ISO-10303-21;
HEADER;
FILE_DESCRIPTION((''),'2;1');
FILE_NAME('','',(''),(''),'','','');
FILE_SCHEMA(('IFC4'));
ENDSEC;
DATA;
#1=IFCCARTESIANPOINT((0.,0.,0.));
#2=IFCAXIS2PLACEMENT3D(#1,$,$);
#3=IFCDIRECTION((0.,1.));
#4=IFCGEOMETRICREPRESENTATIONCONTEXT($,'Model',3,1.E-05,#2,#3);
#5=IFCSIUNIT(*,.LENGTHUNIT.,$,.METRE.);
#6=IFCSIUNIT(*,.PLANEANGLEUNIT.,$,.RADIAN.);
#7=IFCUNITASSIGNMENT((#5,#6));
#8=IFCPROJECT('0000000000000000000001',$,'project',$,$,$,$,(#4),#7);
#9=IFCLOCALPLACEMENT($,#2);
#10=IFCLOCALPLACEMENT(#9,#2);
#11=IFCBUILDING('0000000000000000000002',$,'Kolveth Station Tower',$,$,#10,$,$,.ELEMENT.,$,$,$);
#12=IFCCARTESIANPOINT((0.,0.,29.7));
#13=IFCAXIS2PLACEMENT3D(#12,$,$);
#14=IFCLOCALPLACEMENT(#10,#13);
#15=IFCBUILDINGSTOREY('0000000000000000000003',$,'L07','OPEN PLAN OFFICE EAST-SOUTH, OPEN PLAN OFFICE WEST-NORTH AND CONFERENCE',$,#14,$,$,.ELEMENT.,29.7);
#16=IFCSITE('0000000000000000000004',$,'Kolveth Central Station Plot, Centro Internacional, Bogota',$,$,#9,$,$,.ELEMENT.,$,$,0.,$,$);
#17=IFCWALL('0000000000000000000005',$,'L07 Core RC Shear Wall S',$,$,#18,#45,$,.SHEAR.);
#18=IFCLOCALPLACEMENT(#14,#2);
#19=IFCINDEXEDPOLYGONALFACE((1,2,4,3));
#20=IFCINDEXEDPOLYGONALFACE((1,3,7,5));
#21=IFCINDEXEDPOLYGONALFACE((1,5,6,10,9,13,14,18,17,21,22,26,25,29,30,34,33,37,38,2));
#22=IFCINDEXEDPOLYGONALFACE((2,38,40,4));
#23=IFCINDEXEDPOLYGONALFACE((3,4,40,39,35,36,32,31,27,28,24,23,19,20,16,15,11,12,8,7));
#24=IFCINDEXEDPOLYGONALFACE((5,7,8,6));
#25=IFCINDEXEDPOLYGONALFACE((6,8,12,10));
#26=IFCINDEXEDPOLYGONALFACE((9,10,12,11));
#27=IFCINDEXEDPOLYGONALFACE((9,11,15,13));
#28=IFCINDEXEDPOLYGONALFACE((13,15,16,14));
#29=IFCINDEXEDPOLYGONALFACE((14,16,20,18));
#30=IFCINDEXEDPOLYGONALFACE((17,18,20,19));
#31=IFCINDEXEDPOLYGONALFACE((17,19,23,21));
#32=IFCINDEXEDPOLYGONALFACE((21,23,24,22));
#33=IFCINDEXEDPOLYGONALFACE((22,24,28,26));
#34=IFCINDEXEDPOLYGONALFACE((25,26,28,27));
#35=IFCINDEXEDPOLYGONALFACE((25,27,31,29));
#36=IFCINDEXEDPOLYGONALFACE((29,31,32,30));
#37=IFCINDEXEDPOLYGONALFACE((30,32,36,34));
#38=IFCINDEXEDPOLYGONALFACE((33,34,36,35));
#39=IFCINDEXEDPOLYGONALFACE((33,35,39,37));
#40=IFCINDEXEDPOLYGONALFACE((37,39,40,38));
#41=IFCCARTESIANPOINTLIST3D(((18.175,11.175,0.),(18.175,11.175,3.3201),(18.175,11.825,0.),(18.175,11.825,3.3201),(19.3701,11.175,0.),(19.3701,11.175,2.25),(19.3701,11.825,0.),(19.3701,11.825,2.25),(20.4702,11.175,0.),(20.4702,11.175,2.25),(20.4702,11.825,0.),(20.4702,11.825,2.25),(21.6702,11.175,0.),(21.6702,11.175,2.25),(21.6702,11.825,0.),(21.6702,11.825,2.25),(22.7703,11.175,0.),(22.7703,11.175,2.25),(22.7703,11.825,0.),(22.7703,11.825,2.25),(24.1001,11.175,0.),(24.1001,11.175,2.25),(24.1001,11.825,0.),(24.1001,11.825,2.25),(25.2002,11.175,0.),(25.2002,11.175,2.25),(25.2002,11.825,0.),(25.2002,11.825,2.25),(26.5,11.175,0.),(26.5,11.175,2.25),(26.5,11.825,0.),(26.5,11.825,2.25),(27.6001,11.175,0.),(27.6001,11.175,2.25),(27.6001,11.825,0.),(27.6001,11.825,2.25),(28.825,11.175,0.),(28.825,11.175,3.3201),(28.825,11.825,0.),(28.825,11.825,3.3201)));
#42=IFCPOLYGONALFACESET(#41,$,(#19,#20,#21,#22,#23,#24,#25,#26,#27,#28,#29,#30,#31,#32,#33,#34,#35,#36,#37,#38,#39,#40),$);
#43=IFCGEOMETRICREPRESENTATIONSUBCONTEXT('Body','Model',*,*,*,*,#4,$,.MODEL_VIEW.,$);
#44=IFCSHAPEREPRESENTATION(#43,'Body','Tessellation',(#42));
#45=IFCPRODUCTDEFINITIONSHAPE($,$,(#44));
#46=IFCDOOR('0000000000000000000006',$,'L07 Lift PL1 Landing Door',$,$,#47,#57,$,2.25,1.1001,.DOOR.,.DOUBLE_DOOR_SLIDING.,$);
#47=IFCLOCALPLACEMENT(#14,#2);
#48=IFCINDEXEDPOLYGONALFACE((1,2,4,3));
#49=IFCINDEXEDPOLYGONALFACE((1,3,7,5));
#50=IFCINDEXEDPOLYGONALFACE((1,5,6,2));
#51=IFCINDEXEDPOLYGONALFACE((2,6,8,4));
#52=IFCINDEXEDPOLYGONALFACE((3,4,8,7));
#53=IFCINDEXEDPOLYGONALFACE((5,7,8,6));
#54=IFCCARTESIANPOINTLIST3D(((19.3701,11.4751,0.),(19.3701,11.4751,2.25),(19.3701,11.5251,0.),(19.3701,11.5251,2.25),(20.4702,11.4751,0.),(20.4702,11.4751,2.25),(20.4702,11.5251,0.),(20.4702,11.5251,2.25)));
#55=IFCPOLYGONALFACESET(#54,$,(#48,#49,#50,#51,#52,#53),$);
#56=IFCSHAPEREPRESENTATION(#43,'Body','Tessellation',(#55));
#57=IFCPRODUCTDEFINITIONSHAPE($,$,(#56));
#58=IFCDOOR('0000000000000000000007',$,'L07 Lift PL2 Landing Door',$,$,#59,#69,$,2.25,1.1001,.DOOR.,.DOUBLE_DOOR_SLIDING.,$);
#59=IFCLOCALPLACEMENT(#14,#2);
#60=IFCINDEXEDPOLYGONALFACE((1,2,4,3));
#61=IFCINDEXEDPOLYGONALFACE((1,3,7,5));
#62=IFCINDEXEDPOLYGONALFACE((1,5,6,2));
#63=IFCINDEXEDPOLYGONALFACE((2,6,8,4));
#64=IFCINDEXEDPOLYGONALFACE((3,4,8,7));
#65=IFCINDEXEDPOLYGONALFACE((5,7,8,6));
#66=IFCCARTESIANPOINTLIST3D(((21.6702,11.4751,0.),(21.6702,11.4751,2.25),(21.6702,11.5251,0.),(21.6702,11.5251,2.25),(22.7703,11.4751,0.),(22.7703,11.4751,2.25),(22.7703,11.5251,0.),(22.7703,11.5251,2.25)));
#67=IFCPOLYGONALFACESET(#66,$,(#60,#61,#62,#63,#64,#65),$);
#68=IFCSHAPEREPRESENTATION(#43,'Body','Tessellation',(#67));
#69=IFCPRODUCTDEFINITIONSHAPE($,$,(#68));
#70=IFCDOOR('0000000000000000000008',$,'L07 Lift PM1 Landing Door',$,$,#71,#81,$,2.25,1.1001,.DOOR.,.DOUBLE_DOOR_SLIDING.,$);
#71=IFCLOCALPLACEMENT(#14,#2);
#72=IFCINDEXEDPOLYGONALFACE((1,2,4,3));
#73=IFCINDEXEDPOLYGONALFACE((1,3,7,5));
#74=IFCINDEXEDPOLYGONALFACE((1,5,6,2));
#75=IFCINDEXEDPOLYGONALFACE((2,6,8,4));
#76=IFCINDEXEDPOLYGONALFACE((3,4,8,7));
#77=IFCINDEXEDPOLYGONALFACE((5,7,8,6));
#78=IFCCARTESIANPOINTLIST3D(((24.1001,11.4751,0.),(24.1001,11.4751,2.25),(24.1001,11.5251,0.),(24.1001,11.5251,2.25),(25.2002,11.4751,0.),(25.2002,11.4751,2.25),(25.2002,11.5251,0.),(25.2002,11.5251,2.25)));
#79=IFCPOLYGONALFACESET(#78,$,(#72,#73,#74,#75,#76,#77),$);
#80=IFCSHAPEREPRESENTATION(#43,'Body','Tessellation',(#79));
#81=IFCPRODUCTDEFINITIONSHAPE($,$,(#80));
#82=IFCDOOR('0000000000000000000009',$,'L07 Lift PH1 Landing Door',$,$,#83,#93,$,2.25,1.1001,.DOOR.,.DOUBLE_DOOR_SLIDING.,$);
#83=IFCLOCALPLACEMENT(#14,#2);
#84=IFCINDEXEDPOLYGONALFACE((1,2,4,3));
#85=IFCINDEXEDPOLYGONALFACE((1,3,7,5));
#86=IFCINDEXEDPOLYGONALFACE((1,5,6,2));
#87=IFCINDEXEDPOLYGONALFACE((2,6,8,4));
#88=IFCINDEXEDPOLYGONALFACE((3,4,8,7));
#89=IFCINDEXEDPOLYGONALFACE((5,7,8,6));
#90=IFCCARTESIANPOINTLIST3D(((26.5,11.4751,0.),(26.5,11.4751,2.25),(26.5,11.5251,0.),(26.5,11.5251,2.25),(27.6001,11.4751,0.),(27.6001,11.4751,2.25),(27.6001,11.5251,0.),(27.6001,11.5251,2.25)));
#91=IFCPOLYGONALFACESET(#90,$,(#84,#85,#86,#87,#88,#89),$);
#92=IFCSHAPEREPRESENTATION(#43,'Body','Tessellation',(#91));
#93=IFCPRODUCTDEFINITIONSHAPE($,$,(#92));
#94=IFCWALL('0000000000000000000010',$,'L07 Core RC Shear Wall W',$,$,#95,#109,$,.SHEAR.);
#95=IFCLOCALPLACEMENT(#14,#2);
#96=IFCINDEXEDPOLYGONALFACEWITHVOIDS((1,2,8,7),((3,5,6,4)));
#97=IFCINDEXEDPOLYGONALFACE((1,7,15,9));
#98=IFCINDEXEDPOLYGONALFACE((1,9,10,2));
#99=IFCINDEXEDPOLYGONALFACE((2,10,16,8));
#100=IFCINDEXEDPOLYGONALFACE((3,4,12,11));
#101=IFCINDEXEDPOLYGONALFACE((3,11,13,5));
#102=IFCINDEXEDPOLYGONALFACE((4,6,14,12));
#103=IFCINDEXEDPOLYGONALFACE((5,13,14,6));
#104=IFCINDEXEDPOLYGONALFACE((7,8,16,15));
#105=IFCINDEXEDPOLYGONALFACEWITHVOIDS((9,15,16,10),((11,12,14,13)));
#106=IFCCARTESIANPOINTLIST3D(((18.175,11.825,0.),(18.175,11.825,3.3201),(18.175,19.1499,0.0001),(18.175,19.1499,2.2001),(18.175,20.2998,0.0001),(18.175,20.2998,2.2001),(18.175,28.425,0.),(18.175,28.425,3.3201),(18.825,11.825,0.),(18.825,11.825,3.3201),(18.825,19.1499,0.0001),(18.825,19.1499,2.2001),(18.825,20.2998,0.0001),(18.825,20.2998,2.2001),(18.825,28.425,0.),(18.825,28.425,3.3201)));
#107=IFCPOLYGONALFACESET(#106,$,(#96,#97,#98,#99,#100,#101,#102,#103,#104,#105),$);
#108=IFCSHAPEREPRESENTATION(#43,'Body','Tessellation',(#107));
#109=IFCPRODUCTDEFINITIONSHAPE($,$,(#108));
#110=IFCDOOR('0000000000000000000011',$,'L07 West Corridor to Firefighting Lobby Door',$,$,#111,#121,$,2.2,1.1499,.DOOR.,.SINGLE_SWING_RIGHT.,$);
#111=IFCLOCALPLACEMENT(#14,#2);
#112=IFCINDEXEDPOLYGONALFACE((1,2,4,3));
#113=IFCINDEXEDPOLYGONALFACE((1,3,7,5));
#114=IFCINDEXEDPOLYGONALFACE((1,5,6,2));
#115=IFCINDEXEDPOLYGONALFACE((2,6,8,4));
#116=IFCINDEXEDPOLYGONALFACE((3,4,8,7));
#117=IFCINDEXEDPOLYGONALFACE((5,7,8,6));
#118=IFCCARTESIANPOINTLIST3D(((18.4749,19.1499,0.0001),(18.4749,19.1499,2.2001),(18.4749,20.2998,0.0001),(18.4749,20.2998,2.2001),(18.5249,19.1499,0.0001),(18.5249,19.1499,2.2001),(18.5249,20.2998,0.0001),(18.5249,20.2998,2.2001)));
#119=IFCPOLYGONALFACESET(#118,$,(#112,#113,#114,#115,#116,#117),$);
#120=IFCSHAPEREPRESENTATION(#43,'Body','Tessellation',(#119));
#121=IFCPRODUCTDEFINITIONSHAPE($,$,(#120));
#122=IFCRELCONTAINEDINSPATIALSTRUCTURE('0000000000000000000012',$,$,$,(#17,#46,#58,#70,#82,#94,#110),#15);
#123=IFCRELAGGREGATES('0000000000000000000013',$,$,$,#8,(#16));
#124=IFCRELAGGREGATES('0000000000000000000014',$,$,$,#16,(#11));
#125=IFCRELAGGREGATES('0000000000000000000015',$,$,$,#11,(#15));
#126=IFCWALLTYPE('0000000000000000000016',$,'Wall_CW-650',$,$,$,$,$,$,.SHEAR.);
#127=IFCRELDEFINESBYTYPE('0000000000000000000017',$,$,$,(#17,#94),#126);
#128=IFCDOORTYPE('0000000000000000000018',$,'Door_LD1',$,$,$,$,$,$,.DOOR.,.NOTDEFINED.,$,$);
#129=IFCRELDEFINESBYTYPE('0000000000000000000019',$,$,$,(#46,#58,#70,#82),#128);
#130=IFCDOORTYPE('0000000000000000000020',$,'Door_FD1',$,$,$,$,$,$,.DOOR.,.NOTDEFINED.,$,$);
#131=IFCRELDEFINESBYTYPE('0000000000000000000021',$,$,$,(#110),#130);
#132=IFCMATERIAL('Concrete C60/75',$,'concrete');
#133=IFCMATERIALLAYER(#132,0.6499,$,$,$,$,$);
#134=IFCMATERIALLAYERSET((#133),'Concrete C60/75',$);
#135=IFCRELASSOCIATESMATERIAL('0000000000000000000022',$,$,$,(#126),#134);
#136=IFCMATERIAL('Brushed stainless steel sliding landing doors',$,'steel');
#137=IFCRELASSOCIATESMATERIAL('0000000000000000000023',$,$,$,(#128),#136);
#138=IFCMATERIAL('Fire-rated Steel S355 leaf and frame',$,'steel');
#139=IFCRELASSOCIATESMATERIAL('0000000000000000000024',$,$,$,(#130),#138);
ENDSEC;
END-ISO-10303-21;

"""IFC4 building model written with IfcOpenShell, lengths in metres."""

from ifc_helpers import new_model, si_unit, direction, frame, frame_2d, origin, place, context, subcontext, project, spatial, rectangle, extrude, material, layer, layer_set, type_object, element, fill, save


model = new_model("IFC4")

# Units and contexts
model_context = context("Model", 3, precision=1e-05, world=origin(), true_north=direction((0.0, 1.0)))
body_context = subcontext(model_context, "Body", "Model", "MODEL_VIEW")
ifc_project = project(units=[si_unit("LENGTHUNIT", "METRE"), si_unit("PLANEANGLEUNIT", "RADIAN")], contexts=[model_context])

# Site, building, storey
site_placement = place(None, origin())
site = spatial("IfcSite", under=ifc_project, at=site_placement, Name="Kolveth Central Station Plot, Centro Internacional, Bogota", CompositionType="ELEMENT", RefElevation=0.0)
building_placement = place(site_placement, origin())
building = spatial("IfcBuilding", under=site, at=building_placement, Name="Kolveth Station Tower", CompositionType="ELEMENT")
storey_placement = place(building_placement, frame((0.0, 0.0, 29.7)))
storey = spatial("IfcBuildingStorey", under=building, at=storey_placement, Name="L07", Description="OPEN PLAN OFFICE EAST-SOUTH, OPEN PLAN OFFICE WEST-NORTH AND CONFERENCE", CompositionType="ELEMENT", Elevation=29.7)

# Wall, openings, doors
ifc_material_1 = material(Name="Concrete C60/75", Category="concrete")
ifc_layer_1 = layer(ifc_material_1, 0.6499)
ifc_layer_set_1 = layer_set([ifc_layer_1], Name="Concrete C60/75")
wall_type_1 = type_object("IfcWallType", Name="Wall_CW-650", PredefinedType="SHEAR", material=ifc_layer_set_1)
wall_1_placement = place(storey_placement, frame((18.175, 11.5, 0.0), z_axis=(0.0, 0.0, 1.0), x_axis=(1.0, 0.0, 0.0)))
wall_1 = element("IfcWall", 1, at=wall_1_placement, inside=storey, type_object=wall_type_1, Name="L07 Core RC Shear Wall S", PredefinedType="SHEAR", context=body_context, shape_type="SweptSolid", body=[
    extrude(rectangle(XDim=10.6499, YDim=0.6499, at=frame_2d((5.325, 0.0))), origin(), (0.0, 0.0, 1.0), 3.3201),
])
opening_1_placement = place(wall_1_placement, frame((1.1951, 0.0, 0.0)))
opening_1 = element("IfcOpeningElement", 2, at=opening_1_placement, cuts=wall_1, PredefinedType="OPENING", context=body_context, shape_type="SweptSolid", body=[
    extrude(rectangle(XDim=1.1001, YDim=2.25, at=frame_2d((0.55, 1.125))), frame((0.0, 0.335, 0.0), z_axis=(0.0, -1.0, 0.0), x_axis=(1.0, 0.0, 0.0)), (0.0, 0.0, 1.0), 0.6699),
])
opening_2_placement = place(wall_1_placement, frame((3.4951, 0.0, 0.0)))
opening_2 = element("IfcOpeningElement", 3, at=opening_2_placement, cuts=wall_1, PredefinedType="OPENING", context=body_context, shape_type="SweptSolid", body=[
    extrude(rectangle(XDim=1.1001, YDim=2.25, at=frame_2d((0.55, 1.125))), frame((0.0, 0.335, 0.0), z_axis=(0.0, -1.0, 0.0), x_axis=(1.0, 0.0, 0.0)), (0.0, 0.0, 1.0), 0.6699),
])
opening_3_placement = place(wall_1_placement, frame((5.925, 0.0, 0.0)))
opening_3 = element("IfcOpeningElement", 4, at=opening_3_placement, cuts=wall_1, PredefinedType="OPENING", context=body_context, shape_type="SweptSolid", body=[
    extrude(rectangle(XDim=1.1001, YDim=2.25, at=frame_2d((0.55, 1.125))), frame((0.0, 0.335, 0.0), z_axis=(0.0, -1.0, 0.0), x_axis=(1.0, 0.0, 0.0)), (0.0, 0.0, 1.0), 0.6699),
])
opening_4_placement = place(wall_1_placement, frame((8.325, 0.0, 0.0)))
opening_4 = element("IfcOpeningElement", 5, at=opening_4_placement, cuts=wall_1, PredefinedType="OPENING", context=body_context, shape_type="SweptSolid", body=[
    extrude(rectangle(XDim=1.1001, YDim=2.25, at=frame_2d((0.55, 1.125))), frame((0.0, 0.335, 0.0), z_axis=(0.0, -1.0, 0.0), x_axis=(1.0, 0.0, 0.0)), (0.0, 0.0, 1.0), 0.6699),
])
ifc_material_2 = material(Name="Brushed stainless steel sliding landing doors", Category="steel")
door_type_1 = type_object("IfcDoorType", Name="Door_LD1", OperationType="NOTDEFINED", PredefinedType="DOOR", material=ifc_material_2)
door_1_placement = place(opening_1_placement, frame((1.1001, 0.0, 0.0), z_axis=(0.0, 0.0, 1.0), x_axis=(-1.0, 0.0, 0.0)))
door_1 = element("IfcDoor", 6, at=door_1_placement, inside=storey, type_object=door_type_1, Name="L07 Lift PL1 Landing Door", OperationType="DOUBLE_DOOR_SLIDING", OverallHeight=2.25, OverallWidth=1.1001, PredefinedType="DOOR", context=body_context, shape_type="SweptSolid", body=[
    extrude(rectangle(XDim=1.1001, YDim=2.25, at=frame_2d((0.55, 1.125))), frame((0.0, 0.0249, 0.0), z_axis=(0.0, -1.0, 0.0), x_axis=(1.0, 0.0, 0.0)), (0.0, 0.0, 1.0), 0.05),
])
fill(opening_1, door_1)
door_2_placement = place(opening_2_placement, frame((1.1001, 0.0, 0.0), z_axis=(0.0, 0.0, 1.0), x_axis=(-1.0, 0.0, 0.0)))
door_2 = element("IfcDoor", 7, at=door_2_placement, inside=storey, type_object=door_type_1, Name="L07 Lift PL2 Landing Door", OperationType="DOUBLE_DOOR_SLIDING", OverallHeight=2.25, OverallWidth=1.1001, PredefinedType="DOOR", context=body_context, shape_type="SweptSolid", body=[
    extrude(rectangle(XDim=1.1001, YDim=2.25, at=frame_2d((0.55, 1.125))), frame((0.0, 0.0249, 0.0), z_axis=(0.0, -1.0, 0.0), x_axis=(1.0, 0.0, 0.0)), (0.0, 0.0, 1.0), 0.05),
])
fill(opening_2, door_2)
door_3_placement = place(opening_3_placement, frame((1.1001, 0.0, 0.0), z_axis=(0.0, 0.0, 1.0), x_axis=(-1.0, 0.0, 0.0)))
door_3 = element("IfcDoor", 8, at=door_3_placement, inside=storey, type_object=door_type_1, Name="L07 Lift PM1 Landing Door", OperationType="DOUBLE_DOOR_SLIDING", OverallHeight=2.25, OverallWidth=1.1001, PredefinedType="DOOR", context=body_context, shape_type="SweptSolid", body=[
    extrude(rectangle(XDim=1.1001, YDim=2.25, at=frame_2d((0.55, 1.125))), frame((0.0, 0.0249, 0.0), z_axis=(0.0, -1.0, 0.0), x_axis=(1.0, 0.0, 0.0)), (0.0, 0.0, 1.0), 0.05),
])
fill(opening_3, door_3)
door_4_placement = place(opening_4_placement, frame((1.1001, 0.0, 0.0), z_axis=(0.0, 0.0, 1.0), x_axis=(-1.0, 0.0, 0.0)))
door_4 = element("IfcDoor", 9, at=door_4_placement, inside=storey, type_object=door_type_1, Name="L07 Lift PH1 Landing Door", OperationType="DOUBLE_DOOR_SLIDING", OverallHeight=2.25, OverallWidth=1.1001, PredefinedType="DOOR", context=body_context, shape_type="SweptSolid", body=[
    extrude(rectangle(XDim=1.1001, YDim=2.25, at=frame_2d((0.55, 1.125))), frame((0.0, 0.0249, 0.0), z_axis=(0.0, -1.0, 0.0), x_axis=(1.0, 0.0, 0.0)), (0.0, 0.0, 1.0), 0.05),
])
fill(opening_4, door_4)

# Wall, opening, door
wall_2_placement = place(storey_placement, frame((18.5, 11.825, 0.0), z_axis=(0.0, 0.0, 1.0), x_axis=(0.0, 1.0, 0.0)))
wall_2 = element("IfcWall", 10, at=wall_2_placement, inside=storey, type_object=wall_type_1, Name="L07 Core RC Shear Wall W", PredefinedType="SHEAR", context=body_context, shape_type="SweptSolid", body=[
    extrude(rectangle(XDim=16.6001, YDim=0.6499, at=frame_2d((8.3, 0.0))), origin(), (0.0, 0.0, 1.0), 3.3201),
])
opening_5_placement = place(wall_2_placement, frame((7.325, 0.0, 0.0)))
opening_5 = element("IfcOpeningElement", 11, at=opening_5_placement, cuts=wall_2, PredefinedType="OPENING", context=body_context, shape_type="SweptSolid", body=[
    extrude(rectangle(XDim=1.1499, YDim=2.2, at=frame_2d((0.575, 1.1001))), frame((0.0, 0.335, 0.0), z_axis=(0.0, -1.0, 0.0), x_axis=(1.0, 0.0, 0.0)), (0.0, 0.0, 1.0), 0.6699),
])
ifc_material_3 = material(Name="Fire-rated Steel S355 leaf and frame", Category="steel")
door_type_2 = type_object("IfcDoorType", Name="Door_FD1", OperationType="NOTDEFINED", PredefinedType="DOOR", material=ifc_material_3)
door_5_placement = place(opening_5_placement, frame((1.1499, 0.0, 0.0), z_axis=(0.0, 0.0, 1.0), x_axis=(-1.0, 0.0, 0.0)))
door_5 = element("IfcDoor", 12, at=door_5_placement, inside=storey, type_object=door_type_2, Name="L07 West Corridor to Firefighting Lobby Door", OperationType="SINGLE_SWING_RIGHT", OverallHeight=2.2, OverallWidth=1.1499, PredefinedType="DOOR", context=body_context, shape_type="SweptSolid", body=[
    extrude(rectangle(XDim=1.1499, YDim=2.2, at=frame_2d((0.575, 1.1001))), frame((0.0, 0.0249, 0.0), z_axis=(0.0, -1.0, 0.0), x_axis=(1.0, 0.0, 0.0)), (0.0, 0.0, 1.0), 0.05),
])
fill(opening_5, door_5)

save(model, "model.ifc")
